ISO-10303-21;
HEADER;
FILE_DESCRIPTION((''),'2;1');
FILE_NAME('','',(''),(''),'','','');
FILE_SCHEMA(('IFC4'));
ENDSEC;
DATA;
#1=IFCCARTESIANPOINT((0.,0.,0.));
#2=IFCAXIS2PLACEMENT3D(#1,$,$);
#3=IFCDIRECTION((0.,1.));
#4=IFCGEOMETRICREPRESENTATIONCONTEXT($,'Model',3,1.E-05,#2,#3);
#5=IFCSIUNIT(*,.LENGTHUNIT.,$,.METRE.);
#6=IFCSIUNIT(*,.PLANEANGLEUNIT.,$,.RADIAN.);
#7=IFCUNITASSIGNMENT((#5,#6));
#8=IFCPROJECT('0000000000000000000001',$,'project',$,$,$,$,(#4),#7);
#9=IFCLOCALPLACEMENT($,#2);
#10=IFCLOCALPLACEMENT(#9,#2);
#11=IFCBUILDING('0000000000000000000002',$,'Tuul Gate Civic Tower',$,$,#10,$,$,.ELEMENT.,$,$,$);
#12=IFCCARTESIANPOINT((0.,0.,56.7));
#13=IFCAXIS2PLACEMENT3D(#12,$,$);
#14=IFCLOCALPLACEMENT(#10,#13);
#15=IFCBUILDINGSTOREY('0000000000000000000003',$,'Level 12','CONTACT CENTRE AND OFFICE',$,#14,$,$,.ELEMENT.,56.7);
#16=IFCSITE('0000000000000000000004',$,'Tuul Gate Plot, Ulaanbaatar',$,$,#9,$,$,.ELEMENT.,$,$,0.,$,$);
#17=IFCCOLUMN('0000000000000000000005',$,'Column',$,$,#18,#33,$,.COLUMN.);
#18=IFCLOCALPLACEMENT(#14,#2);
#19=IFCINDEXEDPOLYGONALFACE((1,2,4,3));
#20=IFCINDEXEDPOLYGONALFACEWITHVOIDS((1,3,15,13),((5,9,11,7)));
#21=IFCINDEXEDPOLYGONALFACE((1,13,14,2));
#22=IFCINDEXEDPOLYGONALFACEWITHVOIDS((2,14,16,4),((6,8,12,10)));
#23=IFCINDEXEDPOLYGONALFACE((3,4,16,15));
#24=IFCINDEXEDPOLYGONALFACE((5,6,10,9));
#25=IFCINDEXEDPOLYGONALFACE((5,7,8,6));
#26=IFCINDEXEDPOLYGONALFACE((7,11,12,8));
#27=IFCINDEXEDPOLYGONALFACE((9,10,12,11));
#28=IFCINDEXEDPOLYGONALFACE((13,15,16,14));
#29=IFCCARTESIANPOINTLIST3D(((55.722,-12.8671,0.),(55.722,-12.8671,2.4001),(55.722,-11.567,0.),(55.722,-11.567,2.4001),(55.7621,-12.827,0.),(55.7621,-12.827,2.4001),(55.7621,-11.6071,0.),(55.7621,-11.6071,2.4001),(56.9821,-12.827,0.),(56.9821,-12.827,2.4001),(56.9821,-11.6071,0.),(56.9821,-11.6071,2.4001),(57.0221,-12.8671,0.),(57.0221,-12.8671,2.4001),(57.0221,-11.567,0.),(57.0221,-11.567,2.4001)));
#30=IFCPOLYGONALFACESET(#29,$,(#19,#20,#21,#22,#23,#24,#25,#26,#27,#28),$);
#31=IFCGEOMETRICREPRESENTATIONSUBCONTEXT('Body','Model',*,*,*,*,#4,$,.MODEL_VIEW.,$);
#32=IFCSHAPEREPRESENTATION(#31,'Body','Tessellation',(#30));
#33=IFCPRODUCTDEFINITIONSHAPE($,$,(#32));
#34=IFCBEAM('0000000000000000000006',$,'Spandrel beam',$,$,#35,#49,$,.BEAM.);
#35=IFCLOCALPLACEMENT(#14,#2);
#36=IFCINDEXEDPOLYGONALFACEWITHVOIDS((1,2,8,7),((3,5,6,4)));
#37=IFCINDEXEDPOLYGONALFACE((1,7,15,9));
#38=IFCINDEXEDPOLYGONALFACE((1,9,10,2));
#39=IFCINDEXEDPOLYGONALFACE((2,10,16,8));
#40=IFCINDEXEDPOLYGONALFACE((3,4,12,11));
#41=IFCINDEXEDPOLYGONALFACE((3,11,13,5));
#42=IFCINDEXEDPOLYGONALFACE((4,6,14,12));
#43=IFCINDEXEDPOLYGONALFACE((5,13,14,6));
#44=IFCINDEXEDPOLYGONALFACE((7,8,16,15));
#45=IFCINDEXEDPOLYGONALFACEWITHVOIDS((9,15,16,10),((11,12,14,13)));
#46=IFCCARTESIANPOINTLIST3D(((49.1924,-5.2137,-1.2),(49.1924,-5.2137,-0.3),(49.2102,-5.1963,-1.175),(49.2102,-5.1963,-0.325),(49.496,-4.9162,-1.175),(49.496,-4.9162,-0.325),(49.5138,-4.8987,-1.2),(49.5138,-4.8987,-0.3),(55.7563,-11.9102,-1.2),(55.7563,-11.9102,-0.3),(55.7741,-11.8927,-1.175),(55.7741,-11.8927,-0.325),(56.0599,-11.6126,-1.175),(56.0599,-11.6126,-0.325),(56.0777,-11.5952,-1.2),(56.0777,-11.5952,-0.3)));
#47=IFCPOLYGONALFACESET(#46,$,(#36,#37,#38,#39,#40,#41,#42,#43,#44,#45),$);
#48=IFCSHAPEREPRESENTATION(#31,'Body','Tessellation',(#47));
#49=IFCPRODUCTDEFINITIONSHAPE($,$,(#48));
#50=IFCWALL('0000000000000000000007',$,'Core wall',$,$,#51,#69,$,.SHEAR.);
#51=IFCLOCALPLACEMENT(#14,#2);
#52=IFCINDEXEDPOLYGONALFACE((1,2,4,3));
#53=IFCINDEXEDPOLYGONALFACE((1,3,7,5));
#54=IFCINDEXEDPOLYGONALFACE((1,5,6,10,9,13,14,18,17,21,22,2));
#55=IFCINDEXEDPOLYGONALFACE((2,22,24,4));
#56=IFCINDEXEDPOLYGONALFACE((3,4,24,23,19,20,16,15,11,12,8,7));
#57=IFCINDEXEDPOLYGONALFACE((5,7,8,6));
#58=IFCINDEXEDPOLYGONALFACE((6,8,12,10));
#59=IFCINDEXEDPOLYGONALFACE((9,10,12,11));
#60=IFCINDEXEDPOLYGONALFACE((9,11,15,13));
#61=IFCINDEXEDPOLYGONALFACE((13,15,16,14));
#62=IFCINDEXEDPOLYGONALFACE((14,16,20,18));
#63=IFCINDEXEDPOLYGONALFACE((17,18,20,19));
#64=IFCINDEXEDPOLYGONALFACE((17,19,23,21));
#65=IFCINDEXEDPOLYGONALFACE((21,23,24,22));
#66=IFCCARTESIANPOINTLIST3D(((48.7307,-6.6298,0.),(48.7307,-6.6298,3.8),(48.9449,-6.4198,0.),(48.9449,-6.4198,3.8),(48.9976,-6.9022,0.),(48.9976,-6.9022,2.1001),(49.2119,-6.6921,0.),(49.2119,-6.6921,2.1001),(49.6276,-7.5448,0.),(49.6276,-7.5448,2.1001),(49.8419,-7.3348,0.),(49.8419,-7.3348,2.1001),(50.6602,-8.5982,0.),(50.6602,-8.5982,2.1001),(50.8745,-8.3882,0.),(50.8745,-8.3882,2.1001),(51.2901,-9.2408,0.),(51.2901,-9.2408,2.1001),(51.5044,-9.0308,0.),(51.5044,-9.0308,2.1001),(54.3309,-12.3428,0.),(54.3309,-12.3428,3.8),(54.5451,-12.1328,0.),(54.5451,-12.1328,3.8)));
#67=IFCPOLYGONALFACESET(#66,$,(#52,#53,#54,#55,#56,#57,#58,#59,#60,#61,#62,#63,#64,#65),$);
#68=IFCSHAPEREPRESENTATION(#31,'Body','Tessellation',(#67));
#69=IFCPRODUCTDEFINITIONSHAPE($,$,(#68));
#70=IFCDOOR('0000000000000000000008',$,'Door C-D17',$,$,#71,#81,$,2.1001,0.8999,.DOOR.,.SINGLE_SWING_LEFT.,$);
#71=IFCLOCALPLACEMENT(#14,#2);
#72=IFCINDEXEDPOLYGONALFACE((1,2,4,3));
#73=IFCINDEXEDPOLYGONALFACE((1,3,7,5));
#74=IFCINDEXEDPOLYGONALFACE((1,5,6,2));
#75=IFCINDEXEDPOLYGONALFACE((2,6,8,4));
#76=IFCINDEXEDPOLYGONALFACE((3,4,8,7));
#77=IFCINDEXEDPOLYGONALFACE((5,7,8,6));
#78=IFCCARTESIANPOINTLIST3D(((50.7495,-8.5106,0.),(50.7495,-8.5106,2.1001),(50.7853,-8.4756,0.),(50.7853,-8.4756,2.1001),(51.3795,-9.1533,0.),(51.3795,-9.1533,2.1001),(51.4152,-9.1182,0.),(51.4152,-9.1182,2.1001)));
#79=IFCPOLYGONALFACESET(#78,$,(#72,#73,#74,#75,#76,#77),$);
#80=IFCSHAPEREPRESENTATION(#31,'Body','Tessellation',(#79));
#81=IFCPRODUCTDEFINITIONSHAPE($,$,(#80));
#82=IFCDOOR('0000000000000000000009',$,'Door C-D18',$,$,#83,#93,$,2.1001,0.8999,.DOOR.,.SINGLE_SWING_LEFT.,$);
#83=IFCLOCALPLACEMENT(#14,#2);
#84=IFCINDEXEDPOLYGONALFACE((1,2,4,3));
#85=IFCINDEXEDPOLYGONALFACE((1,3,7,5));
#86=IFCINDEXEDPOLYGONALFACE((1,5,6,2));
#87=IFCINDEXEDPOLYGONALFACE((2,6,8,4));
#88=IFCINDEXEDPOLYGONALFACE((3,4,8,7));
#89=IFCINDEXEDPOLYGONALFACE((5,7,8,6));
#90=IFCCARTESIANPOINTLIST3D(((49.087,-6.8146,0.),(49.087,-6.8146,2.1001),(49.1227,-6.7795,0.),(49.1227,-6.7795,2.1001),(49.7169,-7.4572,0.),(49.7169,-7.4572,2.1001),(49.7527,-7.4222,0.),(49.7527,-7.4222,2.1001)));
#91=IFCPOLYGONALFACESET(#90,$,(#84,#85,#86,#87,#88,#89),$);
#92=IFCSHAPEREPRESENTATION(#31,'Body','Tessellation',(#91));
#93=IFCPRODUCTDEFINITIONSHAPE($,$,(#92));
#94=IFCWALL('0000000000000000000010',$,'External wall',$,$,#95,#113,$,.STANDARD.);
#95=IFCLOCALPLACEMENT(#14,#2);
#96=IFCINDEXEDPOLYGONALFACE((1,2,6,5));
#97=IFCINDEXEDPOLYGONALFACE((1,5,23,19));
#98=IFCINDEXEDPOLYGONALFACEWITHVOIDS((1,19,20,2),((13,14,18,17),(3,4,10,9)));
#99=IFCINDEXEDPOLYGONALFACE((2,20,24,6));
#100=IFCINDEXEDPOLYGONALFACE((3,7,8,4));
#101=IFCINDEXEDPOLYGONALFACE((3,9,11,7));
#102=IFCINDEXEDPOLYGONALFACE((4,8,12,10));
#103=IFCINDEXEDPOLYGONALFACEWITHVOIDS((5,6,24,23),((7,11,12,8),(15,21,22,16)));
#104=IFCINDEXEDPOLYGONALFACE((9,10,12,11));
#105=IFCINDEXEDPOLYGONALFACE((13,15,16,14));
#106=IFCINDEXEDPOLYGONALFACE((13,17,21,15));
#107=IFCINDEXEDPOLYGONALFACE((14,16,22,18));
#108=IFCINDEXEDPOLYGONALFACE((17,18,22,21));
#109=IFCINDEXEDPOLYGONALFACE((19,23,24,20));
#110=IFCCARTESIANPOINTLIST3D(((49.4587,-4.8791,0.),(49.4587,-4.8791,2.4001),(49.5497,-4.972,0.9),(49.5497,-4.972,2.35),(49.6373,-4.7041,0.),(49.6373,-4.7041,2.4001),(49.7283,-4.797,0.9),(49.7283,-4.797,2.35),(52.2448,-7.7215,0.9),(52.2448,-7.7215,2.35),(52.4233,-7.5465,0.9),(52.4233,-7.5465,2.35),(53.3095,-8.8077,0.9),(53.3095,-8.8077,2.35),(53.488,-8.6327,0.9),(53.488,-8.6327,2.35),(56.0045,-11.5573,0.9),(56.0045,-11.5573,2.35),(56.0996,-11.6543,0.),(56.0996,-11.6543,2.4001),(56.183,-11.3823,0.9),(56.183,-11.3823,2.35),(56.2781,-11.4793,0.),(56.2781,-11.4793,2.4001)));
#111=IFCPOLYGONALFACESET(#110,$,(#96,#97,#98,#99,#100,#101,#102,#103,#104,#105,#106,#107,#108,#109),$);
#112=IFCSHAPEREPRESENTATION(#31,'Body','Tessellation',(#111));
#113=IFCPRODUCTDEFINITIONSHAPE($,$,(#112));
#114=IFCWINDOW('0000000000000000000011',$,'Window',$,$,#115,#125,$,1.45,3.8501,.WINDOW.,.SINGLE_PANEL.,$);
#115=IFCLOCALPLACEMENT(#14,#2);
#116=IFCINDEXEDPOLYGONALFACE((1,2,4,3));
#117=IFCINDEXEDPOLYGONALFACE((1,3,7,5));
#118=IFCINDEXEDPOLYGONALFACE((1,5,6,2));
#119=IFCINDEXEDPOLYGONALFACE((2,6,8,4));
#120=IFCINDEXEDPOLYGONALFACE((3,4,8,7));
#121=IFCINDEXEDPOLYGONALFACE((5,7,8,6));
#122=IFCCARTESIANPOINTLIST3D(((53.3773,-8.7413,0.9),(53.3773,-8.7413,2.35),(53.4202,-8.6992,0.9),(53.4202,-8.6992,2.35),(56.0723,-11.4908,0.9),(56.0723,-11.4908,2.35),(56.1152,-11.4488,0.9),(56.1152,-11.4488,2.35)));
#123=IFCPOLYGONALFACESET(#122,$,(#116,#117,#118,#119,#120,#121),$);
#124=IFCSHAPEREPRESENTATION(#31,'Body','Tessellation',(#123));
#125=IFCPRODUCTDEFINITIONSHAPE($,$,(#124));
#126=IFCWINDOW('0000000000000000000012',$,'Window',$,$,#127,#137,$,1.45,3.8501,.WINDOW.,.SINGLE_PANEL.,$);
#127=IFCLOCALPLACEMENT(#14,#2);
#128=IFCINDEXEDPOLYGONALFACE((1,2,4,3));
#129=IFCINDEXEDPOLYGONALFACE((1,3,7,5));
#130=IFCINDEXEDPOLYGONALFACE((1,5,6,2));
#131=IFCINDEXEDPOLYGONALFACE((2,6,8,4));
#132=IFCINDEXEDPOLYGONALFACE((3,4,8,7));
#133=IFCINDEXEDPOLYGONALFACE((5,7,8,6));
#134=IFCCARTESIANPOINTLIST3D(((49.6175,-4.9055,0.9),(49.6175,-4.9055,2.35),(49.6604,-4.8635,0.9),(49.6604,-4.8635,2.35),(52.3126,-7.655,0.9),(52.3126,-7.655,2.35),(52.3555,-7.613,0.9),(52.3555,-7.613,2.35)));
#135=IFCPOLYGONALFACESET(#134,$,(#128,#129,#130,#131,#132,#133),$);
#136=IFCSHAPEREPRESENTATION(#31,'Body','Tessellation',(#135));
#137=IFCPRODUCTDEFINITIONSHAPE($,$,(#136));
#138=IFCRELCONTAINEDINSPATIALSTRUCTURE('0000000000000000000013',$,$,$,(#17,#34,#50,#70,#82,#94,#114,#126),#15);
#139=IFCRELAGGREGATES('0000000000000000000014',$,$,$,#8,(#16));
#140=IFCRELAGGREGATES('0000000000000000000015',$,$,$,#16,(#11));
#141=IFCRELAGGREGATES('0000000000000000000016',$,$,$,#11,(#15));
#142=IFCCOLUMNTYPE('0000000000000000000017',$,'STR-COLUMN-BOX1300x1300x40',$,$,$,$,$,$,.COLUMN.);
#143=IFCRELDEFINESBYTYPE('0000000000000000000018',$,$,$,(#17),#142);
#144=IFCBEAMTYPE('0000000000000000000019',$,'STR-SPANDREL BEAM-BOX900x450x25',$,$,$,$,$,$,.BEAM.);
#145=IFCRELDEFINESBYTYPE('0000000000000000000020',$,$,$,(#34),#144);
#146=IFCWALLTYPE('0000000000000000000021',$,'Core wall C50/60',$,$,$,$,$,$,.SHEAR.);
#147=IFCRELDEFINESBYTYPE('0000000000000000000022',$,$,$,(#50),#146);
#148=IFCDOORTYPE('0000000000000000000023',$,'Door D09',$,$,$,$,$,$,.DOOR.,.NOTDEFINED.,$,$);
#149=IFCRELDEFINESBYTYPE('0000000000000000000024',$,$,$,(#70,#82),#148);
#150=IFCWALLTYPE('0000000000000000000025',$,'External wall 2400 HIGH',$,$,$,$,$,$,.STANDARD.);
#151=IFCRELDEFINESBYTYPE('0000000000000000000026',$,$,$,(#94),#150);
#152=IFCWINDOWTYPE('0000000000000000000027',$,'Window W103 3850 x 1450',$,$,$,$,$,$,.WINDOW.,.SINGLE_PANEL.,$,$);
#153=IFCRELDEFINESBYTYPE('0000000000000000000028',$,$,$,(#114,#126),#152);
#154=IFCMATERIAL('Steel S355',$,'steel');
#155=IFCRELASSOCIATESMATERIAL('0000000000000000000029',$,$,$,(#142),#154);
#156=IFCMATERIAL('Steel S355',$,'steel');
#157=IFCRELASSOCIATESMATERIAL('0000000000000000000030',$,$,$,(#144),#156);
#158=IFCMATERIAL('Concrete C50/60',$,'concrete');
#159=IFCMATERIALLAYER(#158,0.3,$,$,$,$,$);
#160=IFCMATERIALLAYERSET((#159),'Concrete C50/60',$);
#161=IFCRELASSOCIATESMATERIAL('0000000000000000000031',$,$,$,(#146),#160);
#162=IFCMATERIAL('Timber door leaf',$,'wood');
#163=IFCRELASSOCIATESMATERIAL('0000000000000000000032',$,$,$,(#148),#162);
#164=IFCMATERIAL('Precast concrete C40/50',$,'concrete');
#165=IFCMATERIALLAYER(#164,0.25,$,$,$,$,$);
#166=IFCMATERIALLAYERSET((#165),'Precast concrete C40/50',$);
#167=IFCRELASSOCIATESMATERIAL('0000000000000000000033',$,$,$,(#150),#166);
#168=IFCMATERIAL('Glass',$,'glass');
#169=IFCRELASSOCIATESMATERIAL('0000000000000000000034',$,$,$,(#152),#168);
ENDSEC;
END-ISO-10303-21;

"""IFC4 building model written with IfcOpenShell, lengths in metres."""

from ifc_helpers import new_model, si_unit, direction, frame, frame_2d, origin, origin_2d, place, context, subcontext, project, spatial, rectangle, hollow_rectangle, extrude, material, layer, layer_set, material_profile, profile_set, type_object, element, fill, save


model = new_model("IFC4")

# Units and contexts
model_context = context("Model", 3, precision=1e-05, world=origin(), true_north=direction((0.0, 1.0)))
body_context = subcontext(model_context, "Body", "Model", "MODEL_VIEW")
ifc_project = project(units=[si_unit("LENGTHUNIT", "METRE"), si_unit("PLANEANGLEUNIT", "RADIAN")], contexts=[model_context])

# Site, building, storey
site_placement = place(None, origin())
site = spatial("IfcSite", under=ifc_project, at=site_placement, Name="Tuul Gate Plot, Ulaanbaatar", CompositionType="ELEMENT", RefElevation=0.0)
building_placement = place(site_placement, origin())
building = spatial("IfcBuilding", under=site, at=building_placement, Name="Tuul Gate Civic Tower", CompositionType="ELEMENT")
storey_placement = place(building_placement, frame((0.0, 0.0, 56.7)))
storey = spatial("IfcBuildingStorey", under=building, at=storey_placement, Name="Level 12", Description="CONTACT CENTRE AND OFFICE", CompositionType="ELEMENT", Elevation=56.7)

# Column
ifc_material_1 = material(Name="Steel S355", Category="steel")
ifc_material_profile_1 = material_profile(ifc_material_1, hollow_rectangle(XDim=1.3, YDim=1.3, WallThickness=0.04, at=origin_2d()), Name="BOX1300x1300x40")
ifc_profile_set_1 = profile_set([ifc_material_profile_1], Name="Steel S355")
column_type = type_object("IfcColumnType", Name="STR-COLUMN-BOX1300x1300x40", PredefinedType="COLUMN", material=ifc_profile_set_1)
column_placement = place(storey_placement, frame((56.3721, -12.217, 0.0), z_axis=(0.0, 0.0, 1.0), x_axis=(1.0, 0.0, 0.0)))
element("IfcColumn", 1, at=column_placement, inside=storey, type_object=column_type, Name="Column", PredefinedType="COLUMN", context=body_context, shape_type="SweptSolid", body=[
    extrude(hollow_rectangle(XDim=1.3, YDim=1.3, WallThickness=0.04, at=origin_2d()), origin(), (0.0, 0.0, 1.0), 2.4001),
])

# Beam
ifc_material_2 = material(Name="Steel S355", Category="steel")
ifc_material_profile_2 = material_profile(ifc_material_2, hollow_rectangle(XDim=0.45, YDim=0.8999, WallThickness=0.0249, at=origin_2d()), Name="BOX900x450x25")
ifc_profile_set_2 = profile_set([ifc_material_profile_2], Name="Steel S355")
beam_type = type_object("IfcBeamType", Name="STR-SPANDREL BEAM-BOX900x450x25", PredefinedType="BEAM", material=ifc_profile_set_2)
beam_placement = place(storey_placement, frame((55.917, -11.7527, -0.75), z_axis=(-0.700003, 0.71414, 0.0), x_axis=(-0.71414, -0.700003, 0.0)))
element("IfcBeam", 2, at=beam_placement, inside=storey, type_object=beam_type, Name="Spandrel beam", PredefinedType="BEAM", context=body_context, shape_type="SweptSolid", body=[
    extrude(hollow_rectangle(XDim=0.45, YDim=0.8999, WallThickness=0.0249, at=origin_2d()), origin(), (0.0, 0.0, 1.0), 9.377),
])

# Wall, openings, doors
ifc_material_3 = material(Name="Concrete C50/60", Category="concrete")
ifc_layer_1 = layer(ifc_material_3, 0.3)
ifc_layer_set_1 = layer_set([ifc_layer_1], Name="Concrete C50/60")
wall_type_1 = type_object("IfcWallType", Name="Core wall C50/60", PredefinedType="SHEAR", material=ifc_layer_set_1)
wall_1_placement = place(storey_placement, frame((54.438, -12.2378, 0.0), z_axis=(0.0, 0.0, 1.0), x_axis=(-0.700022, 0.714121, 0.0)))
wall_1 = element("IfcWall", 3, at=wall_1_placement, inside=storey, type_object=wall_type_1, Name="Core wall", PredefinedType="SHEAR", context=body_context, shape_type="SweptSolid", body=[
    extrude(rectangle(XDim=8.0, YDim=0.3, at=frame_2d((4.0, 0.0))), origin(), (0.0, 0.0, 1.0), 3.8),
])
opening_1_placement = place(wall_1_placement, frame((4.3438, 0.0, 0.0)))
opening_1 = element("IfcOpeningElement", 4, at=opening_1_placement, cuts=wall_1, PredefinedType="OPENING", context=body_context, shape_type="SweptSolid", body=[
    extrude(rectangle(XDim=0.8999, YDim=2.1001, at=frame_2d((0.45, 1.05))), frame((0.0, 0.1602, 0.0), z_axis=(0.0, -1.0, 0.0), x_axis=(1.0, 0.0, 0.0)), (0.0, 0.0, 1.0), 0.3201),
])
opening_2_placement = place(wall_1_placement, frame((6.7188, 0.0, 0.0)))
opening_2 = element("IfcOpeningElement", 5, at=opening_2_placement, cuts=wall_1, PredefinedType="OPENING", context=body_context, shape_type="SweptSolid", body=[
    extrude(rectangle(XDim=0.8999, YDim=2.1001, at=frame_2d((0.45, 1.05))), frame((0.0, 0.1602, 0.0), z_axis=(0.0, -1.0, 0.0), x_axis=(1.0, 0.0, 0.0)), (0.0, 0.0, 1.0), 0.3201),
])
ifc_material_4 = material(Name="Timber door leaf", Category="wood")
door_type = type_object("IfcDoorType", Name="Door D09", OperationType="NOTDEFINED", PredefinedType="DOOR", material=ifc_material_4)
door_1_placement = place(opening_1_placement, origin())
door_1 = element("IfcDoor", 6, at=door_1_placement, inside=storey, type_object=door_type, Name="Door C-D17", OperationType="SINGLE_SWING_LEFT", OverallHeight=2.1001, OverallWidth=0.8999, PredefinedType="DOOR", context=body_context, shape_type="SweptSolid", body=[
    extrude(rectangle(XDim=0.8999, YDim=2.1001, at=frame_2d((0.45, 1.05))), frame((0.0, 0.0249, 0.0), z_axis=(0.0, -1.0, 0.0), x_axis=(1.0, 0.0, 0.0)), (0.0, 0.0, 1.0), 0.05),
])
fill(opening_1, door_1)
door_2_placement = place(opening_2_placement, origin())
door_2 = element("IfcDoor", 7, at=door_2_placement, inside=storey, type_object=door_type, Name="Door C-D18", OperationType="SINGLE_SWING_LEFT", OverallHeight=2.1001, OverallWidth=0.8999, PredefinedType="DOOR", context=body_context, shape_type="SweptSolid", body=[
    extrude(rectangle(XDim=0.8999, YDim=2.1001, at=frame_2d((0.45, 1.05))), frame((0.0, 0.0249, 0.0), z_axis=(0.0, -1.0, 0.0), x_axis=(1.0, 0.0, 0.0)), (0.0, 0.0, 1.0), 0.05),
])
fill(opening_2, door_2)

# Wall, openings, windows
ifc_material_5 = material(Name="Precast concrete C40/50", Category="concrete")
ifc_layer_2 = layer(ifc_material_5, 0.25)
ifc_layer_set_2 = layer_set([ifc_layer_2], Name="Precast concrete C40/50")
wall_type_2 = type_object("IfcWallType", Name="External wall 2400 HIGH", PredefinedType="STANDARD", material=ifc_layer_set_2)
wall_2_placement = place(storey_placement, frame((56.189, -11.5669, 0.0), z_axis=(0.0, 0.0, 1.0), x_axis=(-0.699994, 0.714148, 0.0)))
wall_2 = element("IfcWall", 8, at=wall_2_placement, inside=storey, type_object=wall_type_2, Name="External wall", PredefinedType="STANDARD", context=body_context, shape_type="SweptSolid", body=[
    extrude(rectangle(XDim=9.4871, YDim=0.25, at=frame_2d((4.7437, 0.0))), origin(), (0.0, 0.0, 1.0), 2.4001),
])
opening_3_placement = place(wall_2_placement, frame((0.136, 0.0, 0.8999)))
opening_3 = element("IfcOpeningElement", 9, at=opening_3_placement, cuts=wall_2, PredefinedType="OPENING", context=body_context, shape_type="SweptSolid", body=[
    extrude(rectangle(XDim=3.8501, YDim=1.45, at=frame_2d((1.925, 0.7251))), frame((0.0, 0.135, 0.0), z_axis=(0.0, -1.0, 0.0), x_axis=(1.0, 0.0, 0.0)), (0.0, 0.0, 1.0), 0.27),
])
opening_4_placement = place(wall_2_placement, frame((5.5071, 0.0, 0.8999)))
opening_4 = element("IfcOpeningElement", 10, at=opening_4_placement, cuts=wall_2, PredefinedType="OPENING", context=body_context, shape_type="SweptSolid", body=[
    extrude(rectangle(XDim=3.8501, YDim=1.45, at=frame_2d((1.925, 0.7251))), frame((0.0, 0.135, 0.0), z_axis=(0.0, -1.0, 0.0), x_axis=(1.0, 0.0, 0.0)), (0.0, 0.0, 1.0), 0.27),
])
ifc_material_6 = material(Name="Glass", Category="glass")
window_type = type_object("IfcWindowType", Name="Window W103 3850 x 1450", PartitioningType="SINGLE_PANEL", PredefinedType="WINDOW", material=ifc_material_6)
window_1_placement = place(opening_3_placement, origin())
window_1 = element("IfcWindow", 11, at=window_1_placement, inside=storey, type_object=window_type, Name="Window", OverallHeight=1.45, OverallWidth=3.8501, PartitioningType="SINGLE_PANEL", PredefinedType="WINDOW", context=body_context, shape_type="SweptSolid", body=[
    extrude(rectangle(XDim=3.8501, YDim=1.45, at=frame_2d((1.925, 0.7251))), frame((0.0, 0.03, 0.0), z_axis=(0.0, -1.0, 0.0), x_axis=(1.0, 0.0, 0.0)), (0.0, 0.0, 1.0), 0.0601),
])
fill(opening_3, window_1)
window_2_placement = place(opening_4_placement, origin())
window_2 = element("IfcWindow", 12, at=window_2_placement, inside=storey, type_object=window_type, Name="Window", OverallHeight=1.45, OverallWidth=3.8501, PartitioningType="SINGLE_PANEL", PredefinedType="WINDOW", context=body_context, shape_type="SweptSolid", body=[
    extrude(rectangle(XDim=3.8501, YDim=1.45, at=frame_2d((1.925, 0.7251))), frame((0.0, 0.03, 0.0), z_axis=(0.0, -1.0, 0.0), x_axis=(1.0, 0.0, 0.0)), (0.0, 0.0, 1.0), 0.0601),
])
fill(opening_4, window_2)

save(model, "model.ifc")
